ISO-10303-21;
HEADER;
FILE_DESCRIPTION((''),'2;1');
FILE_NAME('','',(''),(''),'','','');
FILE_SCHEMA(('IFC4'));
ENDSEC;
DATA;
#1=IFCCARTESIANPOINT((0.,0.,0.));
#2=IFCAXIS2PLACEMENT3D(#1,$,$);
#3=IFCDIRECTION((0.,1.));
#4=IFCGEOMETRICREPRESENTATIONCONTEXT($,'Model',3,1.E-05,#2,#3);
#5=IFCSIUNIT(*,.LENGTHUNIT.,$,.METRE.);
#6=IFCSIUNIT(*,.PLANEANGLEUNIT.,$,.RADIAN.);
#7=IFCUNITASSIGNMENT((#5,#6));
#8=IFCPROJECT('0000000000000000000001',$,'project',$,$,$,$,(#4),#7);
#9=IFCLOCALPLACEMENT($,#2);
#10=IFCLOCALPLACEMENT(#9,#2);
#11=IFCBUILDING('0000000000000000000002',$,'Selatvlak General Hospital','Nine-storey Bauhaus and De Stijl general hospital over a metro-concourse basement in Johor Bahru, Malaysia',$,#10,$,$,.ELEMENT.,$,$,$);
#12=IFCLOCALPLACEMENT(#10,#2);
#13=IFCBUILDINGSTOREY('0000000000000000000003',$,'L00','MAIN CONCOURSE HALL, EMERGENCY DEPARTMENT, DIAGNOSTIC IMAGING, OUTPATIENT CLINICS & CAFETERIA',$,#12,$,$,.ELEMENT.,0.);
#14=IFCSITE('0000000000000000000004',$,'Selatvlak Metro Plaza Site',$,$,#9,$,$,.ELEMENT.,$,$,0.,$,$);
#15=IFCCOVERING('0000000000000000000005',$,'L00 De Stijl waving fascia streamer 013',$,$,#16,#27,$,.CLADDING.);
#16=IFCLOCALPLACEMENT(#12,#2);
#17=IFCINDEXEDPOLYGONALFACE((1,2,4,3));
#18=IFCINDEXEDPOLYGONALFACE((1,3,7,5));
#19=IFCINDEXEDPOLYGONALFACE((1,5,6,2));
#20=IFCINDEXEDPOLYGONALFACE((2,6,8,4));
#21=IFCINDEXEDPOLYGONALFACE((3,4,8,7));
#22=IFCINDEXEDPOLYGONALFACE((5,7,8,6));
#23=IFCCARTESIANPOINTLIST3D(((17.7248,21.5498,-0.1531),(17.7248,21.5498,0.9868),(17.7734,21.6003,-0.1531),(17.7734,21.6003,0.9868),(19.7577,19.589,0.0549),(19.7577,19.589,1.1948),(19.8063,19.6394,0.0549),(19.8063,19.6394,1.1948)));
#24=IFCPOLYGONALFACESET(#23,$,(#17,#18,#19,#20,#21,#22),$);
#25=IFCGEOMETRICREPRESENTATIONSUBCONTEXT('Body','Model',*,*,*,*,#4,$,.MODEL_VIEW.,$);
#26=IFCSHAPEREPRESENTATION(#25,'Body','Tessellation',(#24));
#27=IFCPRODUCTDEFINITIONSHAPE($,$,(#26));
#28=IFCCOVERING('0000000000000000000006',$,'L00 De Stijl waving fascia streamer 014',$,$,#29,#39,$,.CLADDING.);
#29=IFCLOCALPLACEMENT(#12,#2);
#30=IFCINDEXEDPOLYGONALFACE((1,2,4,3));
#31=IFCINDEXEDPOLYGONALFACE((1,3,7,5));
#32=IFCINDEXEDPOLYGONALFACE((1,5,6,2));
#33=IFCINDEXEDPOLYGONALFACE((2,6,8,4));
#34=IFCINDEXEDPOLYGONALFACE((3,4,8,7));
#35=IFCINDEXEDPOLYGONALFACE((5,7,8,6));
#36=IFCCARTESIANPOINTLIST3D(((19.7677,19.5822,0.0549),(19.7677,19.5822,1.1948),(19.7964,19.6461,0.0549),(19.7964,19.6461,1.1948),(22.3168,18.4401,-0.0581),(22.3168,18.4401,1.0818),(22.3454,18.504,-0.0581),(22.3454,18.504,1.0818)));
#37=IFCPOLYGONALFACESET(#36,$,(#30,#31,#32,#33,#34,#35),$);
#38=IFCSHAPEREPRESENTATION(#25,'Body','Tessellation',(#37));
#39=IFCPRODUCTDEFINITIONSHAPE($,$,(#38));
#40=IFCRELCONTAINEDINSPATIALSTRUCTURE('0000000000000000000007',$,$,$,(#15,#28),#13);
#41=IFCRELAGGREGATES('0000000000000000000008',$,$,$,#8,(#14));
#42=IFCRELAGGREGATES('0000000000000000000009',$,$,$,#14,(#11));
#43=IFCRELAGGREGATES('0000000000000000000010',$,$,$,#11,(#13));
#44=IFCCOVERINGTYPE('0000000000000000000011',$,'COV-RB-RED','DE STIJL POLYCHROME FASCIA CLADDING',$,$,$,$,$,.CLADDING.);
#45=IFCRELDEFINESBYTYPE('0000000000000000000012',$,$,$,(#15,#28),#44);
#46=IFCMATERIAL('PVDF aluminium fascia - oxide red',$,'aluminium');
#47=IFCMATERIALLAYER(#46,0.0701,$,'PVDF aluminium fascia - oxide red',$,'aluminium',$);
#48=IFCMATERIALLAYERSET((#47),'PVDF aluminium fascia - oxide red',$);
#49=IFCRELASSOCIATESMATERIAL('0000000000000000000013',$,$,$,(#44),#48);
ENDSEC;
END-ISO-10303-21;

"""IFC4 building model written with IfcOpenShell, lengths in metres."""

from ifc_helpers import new_model, si_unit, direction, frame, origin, place, context, subcontext, project, spatial, polyline, outline, extrude, material, layer, layer_set, type_object, element, save


model = new_model("IFC4")

# Units and contexts
model_context = context("Model", 3, precision=1e-05, world=origin(), true_north=direction((0.0, 1.0)))
body_context = subcontext(model_context, "Body", "Model", "MODEL_VIEW")
ifc_project = project(units=[si_unit("LENGTHUNIT", "METRE"), si_unit("PLANEANGLEUNIT", "RADIAN")], contexts=[model_context])

# Site, building, storey
site_placement = place(None, origin())
site = spatial("IfcSite", under=ifc_project, at=site_placement, Name="Selatvlak Metro Plaza Site", CompositionType="ELEMENT", RefElevation=0.0)
building_placement = place(site_placement, origin())
building = spatial("IfcBuilding", under=site, at=building_placement, Name="Selatvlak General Hospital", Description="Nine-storey Bauhaus and De Stijl general hospital over a metro-concourse basement in Johor Bahru, Malaysia", CompositionType="ELEMENT")
storey_placement = place(building_placement, origin())
storey = spatial("IfcBuildingStorey", under=building, at=storey_placement, Name="L00", Description="MAIN CONCOURSE HALL, EMERGENCY DEPARTMENT, DIAGNOSTIC IMAGING, OUTPATIENT CLINICS & CAFETERIA", CompositionType="ELEMENT", Elevation=0.0)

# Coverings
ifc_material_1 = material(Name="PVDF aluminium fascia - oxide red", Category="aluminium")
ifc_layer_1 = layer(ifc_material_1, 0.0701, Name="PVDF aluminium fascia - oxide red", Category="aluminium")
ifc_layer_set_1 = layer_set([ifc_layer_1], Name="PVDF aluminium fascia - oxide red")
covering_type_1 = type_object("IfcCoveringType", Name="COV-RB-RED", Description="DE STIJL POLYCHROME FASCIA CLADDING", PredefinedType="CLADDING", material=ifc_layer_set_1)
covering_1_placement = place(storey_placement, frame((17.749, 21.575, -0.1531), z_axis=(0.0, 0.0, 1.0), x_axis=(0.719741, -0.694243, 0.0)))
element("IfcCovering", 1, at=covering_1_placement, inside=storey, type_object=covering_type_1, Name="L00 De Stijl waving fascia streamer 013", PredefinedType="CLADDING", context=body_context, shape_type="SweptSolid", body=[
    extrude(outline(polyline([(0.0, 0.0), (2.8245, 0.208), (2.8245, 1.3479), (0.0, 1.1399), (0.0, 0.0)])), frame((0.0, 0.0352, 0.0), z_axis=(0.0, -1.0, 0.0), x_axis=(1.0, 0.0, 0.0)), (0.0, 0.0, 1.0), 0.0701),
])
covering_2_placement = place(storey_placement, frame((19.782, 19.614, 0.0549), z_axis=(0.0, 0.0, 1.0), x_axis=(0.912589, -0.408878, 0.0)))
element("IfcCovering", 2, at=covering_2_placement, inside=storey, type_object=covering_type_1, Name="L00 De Stijl waving fascia streamer 014", PredefinedType="CLADDING", context=body_context, shape_type="SweptSolid", body=[
    extrude(outline(polyline([(0.0, 0.0), (2.7932, -0.113), (2.7932, 1.0269), (0.0, 1.1399), (0.0, 0.0)])), frame((0.0, 0.0352, 0.0), z_axis=(0.0, -1.0, 0.0), x_axis=(1.0, 0.0, 0.0)), (0.0, 0.0, 1.0), 0.0701),
])

save(model, "model.ifc")
